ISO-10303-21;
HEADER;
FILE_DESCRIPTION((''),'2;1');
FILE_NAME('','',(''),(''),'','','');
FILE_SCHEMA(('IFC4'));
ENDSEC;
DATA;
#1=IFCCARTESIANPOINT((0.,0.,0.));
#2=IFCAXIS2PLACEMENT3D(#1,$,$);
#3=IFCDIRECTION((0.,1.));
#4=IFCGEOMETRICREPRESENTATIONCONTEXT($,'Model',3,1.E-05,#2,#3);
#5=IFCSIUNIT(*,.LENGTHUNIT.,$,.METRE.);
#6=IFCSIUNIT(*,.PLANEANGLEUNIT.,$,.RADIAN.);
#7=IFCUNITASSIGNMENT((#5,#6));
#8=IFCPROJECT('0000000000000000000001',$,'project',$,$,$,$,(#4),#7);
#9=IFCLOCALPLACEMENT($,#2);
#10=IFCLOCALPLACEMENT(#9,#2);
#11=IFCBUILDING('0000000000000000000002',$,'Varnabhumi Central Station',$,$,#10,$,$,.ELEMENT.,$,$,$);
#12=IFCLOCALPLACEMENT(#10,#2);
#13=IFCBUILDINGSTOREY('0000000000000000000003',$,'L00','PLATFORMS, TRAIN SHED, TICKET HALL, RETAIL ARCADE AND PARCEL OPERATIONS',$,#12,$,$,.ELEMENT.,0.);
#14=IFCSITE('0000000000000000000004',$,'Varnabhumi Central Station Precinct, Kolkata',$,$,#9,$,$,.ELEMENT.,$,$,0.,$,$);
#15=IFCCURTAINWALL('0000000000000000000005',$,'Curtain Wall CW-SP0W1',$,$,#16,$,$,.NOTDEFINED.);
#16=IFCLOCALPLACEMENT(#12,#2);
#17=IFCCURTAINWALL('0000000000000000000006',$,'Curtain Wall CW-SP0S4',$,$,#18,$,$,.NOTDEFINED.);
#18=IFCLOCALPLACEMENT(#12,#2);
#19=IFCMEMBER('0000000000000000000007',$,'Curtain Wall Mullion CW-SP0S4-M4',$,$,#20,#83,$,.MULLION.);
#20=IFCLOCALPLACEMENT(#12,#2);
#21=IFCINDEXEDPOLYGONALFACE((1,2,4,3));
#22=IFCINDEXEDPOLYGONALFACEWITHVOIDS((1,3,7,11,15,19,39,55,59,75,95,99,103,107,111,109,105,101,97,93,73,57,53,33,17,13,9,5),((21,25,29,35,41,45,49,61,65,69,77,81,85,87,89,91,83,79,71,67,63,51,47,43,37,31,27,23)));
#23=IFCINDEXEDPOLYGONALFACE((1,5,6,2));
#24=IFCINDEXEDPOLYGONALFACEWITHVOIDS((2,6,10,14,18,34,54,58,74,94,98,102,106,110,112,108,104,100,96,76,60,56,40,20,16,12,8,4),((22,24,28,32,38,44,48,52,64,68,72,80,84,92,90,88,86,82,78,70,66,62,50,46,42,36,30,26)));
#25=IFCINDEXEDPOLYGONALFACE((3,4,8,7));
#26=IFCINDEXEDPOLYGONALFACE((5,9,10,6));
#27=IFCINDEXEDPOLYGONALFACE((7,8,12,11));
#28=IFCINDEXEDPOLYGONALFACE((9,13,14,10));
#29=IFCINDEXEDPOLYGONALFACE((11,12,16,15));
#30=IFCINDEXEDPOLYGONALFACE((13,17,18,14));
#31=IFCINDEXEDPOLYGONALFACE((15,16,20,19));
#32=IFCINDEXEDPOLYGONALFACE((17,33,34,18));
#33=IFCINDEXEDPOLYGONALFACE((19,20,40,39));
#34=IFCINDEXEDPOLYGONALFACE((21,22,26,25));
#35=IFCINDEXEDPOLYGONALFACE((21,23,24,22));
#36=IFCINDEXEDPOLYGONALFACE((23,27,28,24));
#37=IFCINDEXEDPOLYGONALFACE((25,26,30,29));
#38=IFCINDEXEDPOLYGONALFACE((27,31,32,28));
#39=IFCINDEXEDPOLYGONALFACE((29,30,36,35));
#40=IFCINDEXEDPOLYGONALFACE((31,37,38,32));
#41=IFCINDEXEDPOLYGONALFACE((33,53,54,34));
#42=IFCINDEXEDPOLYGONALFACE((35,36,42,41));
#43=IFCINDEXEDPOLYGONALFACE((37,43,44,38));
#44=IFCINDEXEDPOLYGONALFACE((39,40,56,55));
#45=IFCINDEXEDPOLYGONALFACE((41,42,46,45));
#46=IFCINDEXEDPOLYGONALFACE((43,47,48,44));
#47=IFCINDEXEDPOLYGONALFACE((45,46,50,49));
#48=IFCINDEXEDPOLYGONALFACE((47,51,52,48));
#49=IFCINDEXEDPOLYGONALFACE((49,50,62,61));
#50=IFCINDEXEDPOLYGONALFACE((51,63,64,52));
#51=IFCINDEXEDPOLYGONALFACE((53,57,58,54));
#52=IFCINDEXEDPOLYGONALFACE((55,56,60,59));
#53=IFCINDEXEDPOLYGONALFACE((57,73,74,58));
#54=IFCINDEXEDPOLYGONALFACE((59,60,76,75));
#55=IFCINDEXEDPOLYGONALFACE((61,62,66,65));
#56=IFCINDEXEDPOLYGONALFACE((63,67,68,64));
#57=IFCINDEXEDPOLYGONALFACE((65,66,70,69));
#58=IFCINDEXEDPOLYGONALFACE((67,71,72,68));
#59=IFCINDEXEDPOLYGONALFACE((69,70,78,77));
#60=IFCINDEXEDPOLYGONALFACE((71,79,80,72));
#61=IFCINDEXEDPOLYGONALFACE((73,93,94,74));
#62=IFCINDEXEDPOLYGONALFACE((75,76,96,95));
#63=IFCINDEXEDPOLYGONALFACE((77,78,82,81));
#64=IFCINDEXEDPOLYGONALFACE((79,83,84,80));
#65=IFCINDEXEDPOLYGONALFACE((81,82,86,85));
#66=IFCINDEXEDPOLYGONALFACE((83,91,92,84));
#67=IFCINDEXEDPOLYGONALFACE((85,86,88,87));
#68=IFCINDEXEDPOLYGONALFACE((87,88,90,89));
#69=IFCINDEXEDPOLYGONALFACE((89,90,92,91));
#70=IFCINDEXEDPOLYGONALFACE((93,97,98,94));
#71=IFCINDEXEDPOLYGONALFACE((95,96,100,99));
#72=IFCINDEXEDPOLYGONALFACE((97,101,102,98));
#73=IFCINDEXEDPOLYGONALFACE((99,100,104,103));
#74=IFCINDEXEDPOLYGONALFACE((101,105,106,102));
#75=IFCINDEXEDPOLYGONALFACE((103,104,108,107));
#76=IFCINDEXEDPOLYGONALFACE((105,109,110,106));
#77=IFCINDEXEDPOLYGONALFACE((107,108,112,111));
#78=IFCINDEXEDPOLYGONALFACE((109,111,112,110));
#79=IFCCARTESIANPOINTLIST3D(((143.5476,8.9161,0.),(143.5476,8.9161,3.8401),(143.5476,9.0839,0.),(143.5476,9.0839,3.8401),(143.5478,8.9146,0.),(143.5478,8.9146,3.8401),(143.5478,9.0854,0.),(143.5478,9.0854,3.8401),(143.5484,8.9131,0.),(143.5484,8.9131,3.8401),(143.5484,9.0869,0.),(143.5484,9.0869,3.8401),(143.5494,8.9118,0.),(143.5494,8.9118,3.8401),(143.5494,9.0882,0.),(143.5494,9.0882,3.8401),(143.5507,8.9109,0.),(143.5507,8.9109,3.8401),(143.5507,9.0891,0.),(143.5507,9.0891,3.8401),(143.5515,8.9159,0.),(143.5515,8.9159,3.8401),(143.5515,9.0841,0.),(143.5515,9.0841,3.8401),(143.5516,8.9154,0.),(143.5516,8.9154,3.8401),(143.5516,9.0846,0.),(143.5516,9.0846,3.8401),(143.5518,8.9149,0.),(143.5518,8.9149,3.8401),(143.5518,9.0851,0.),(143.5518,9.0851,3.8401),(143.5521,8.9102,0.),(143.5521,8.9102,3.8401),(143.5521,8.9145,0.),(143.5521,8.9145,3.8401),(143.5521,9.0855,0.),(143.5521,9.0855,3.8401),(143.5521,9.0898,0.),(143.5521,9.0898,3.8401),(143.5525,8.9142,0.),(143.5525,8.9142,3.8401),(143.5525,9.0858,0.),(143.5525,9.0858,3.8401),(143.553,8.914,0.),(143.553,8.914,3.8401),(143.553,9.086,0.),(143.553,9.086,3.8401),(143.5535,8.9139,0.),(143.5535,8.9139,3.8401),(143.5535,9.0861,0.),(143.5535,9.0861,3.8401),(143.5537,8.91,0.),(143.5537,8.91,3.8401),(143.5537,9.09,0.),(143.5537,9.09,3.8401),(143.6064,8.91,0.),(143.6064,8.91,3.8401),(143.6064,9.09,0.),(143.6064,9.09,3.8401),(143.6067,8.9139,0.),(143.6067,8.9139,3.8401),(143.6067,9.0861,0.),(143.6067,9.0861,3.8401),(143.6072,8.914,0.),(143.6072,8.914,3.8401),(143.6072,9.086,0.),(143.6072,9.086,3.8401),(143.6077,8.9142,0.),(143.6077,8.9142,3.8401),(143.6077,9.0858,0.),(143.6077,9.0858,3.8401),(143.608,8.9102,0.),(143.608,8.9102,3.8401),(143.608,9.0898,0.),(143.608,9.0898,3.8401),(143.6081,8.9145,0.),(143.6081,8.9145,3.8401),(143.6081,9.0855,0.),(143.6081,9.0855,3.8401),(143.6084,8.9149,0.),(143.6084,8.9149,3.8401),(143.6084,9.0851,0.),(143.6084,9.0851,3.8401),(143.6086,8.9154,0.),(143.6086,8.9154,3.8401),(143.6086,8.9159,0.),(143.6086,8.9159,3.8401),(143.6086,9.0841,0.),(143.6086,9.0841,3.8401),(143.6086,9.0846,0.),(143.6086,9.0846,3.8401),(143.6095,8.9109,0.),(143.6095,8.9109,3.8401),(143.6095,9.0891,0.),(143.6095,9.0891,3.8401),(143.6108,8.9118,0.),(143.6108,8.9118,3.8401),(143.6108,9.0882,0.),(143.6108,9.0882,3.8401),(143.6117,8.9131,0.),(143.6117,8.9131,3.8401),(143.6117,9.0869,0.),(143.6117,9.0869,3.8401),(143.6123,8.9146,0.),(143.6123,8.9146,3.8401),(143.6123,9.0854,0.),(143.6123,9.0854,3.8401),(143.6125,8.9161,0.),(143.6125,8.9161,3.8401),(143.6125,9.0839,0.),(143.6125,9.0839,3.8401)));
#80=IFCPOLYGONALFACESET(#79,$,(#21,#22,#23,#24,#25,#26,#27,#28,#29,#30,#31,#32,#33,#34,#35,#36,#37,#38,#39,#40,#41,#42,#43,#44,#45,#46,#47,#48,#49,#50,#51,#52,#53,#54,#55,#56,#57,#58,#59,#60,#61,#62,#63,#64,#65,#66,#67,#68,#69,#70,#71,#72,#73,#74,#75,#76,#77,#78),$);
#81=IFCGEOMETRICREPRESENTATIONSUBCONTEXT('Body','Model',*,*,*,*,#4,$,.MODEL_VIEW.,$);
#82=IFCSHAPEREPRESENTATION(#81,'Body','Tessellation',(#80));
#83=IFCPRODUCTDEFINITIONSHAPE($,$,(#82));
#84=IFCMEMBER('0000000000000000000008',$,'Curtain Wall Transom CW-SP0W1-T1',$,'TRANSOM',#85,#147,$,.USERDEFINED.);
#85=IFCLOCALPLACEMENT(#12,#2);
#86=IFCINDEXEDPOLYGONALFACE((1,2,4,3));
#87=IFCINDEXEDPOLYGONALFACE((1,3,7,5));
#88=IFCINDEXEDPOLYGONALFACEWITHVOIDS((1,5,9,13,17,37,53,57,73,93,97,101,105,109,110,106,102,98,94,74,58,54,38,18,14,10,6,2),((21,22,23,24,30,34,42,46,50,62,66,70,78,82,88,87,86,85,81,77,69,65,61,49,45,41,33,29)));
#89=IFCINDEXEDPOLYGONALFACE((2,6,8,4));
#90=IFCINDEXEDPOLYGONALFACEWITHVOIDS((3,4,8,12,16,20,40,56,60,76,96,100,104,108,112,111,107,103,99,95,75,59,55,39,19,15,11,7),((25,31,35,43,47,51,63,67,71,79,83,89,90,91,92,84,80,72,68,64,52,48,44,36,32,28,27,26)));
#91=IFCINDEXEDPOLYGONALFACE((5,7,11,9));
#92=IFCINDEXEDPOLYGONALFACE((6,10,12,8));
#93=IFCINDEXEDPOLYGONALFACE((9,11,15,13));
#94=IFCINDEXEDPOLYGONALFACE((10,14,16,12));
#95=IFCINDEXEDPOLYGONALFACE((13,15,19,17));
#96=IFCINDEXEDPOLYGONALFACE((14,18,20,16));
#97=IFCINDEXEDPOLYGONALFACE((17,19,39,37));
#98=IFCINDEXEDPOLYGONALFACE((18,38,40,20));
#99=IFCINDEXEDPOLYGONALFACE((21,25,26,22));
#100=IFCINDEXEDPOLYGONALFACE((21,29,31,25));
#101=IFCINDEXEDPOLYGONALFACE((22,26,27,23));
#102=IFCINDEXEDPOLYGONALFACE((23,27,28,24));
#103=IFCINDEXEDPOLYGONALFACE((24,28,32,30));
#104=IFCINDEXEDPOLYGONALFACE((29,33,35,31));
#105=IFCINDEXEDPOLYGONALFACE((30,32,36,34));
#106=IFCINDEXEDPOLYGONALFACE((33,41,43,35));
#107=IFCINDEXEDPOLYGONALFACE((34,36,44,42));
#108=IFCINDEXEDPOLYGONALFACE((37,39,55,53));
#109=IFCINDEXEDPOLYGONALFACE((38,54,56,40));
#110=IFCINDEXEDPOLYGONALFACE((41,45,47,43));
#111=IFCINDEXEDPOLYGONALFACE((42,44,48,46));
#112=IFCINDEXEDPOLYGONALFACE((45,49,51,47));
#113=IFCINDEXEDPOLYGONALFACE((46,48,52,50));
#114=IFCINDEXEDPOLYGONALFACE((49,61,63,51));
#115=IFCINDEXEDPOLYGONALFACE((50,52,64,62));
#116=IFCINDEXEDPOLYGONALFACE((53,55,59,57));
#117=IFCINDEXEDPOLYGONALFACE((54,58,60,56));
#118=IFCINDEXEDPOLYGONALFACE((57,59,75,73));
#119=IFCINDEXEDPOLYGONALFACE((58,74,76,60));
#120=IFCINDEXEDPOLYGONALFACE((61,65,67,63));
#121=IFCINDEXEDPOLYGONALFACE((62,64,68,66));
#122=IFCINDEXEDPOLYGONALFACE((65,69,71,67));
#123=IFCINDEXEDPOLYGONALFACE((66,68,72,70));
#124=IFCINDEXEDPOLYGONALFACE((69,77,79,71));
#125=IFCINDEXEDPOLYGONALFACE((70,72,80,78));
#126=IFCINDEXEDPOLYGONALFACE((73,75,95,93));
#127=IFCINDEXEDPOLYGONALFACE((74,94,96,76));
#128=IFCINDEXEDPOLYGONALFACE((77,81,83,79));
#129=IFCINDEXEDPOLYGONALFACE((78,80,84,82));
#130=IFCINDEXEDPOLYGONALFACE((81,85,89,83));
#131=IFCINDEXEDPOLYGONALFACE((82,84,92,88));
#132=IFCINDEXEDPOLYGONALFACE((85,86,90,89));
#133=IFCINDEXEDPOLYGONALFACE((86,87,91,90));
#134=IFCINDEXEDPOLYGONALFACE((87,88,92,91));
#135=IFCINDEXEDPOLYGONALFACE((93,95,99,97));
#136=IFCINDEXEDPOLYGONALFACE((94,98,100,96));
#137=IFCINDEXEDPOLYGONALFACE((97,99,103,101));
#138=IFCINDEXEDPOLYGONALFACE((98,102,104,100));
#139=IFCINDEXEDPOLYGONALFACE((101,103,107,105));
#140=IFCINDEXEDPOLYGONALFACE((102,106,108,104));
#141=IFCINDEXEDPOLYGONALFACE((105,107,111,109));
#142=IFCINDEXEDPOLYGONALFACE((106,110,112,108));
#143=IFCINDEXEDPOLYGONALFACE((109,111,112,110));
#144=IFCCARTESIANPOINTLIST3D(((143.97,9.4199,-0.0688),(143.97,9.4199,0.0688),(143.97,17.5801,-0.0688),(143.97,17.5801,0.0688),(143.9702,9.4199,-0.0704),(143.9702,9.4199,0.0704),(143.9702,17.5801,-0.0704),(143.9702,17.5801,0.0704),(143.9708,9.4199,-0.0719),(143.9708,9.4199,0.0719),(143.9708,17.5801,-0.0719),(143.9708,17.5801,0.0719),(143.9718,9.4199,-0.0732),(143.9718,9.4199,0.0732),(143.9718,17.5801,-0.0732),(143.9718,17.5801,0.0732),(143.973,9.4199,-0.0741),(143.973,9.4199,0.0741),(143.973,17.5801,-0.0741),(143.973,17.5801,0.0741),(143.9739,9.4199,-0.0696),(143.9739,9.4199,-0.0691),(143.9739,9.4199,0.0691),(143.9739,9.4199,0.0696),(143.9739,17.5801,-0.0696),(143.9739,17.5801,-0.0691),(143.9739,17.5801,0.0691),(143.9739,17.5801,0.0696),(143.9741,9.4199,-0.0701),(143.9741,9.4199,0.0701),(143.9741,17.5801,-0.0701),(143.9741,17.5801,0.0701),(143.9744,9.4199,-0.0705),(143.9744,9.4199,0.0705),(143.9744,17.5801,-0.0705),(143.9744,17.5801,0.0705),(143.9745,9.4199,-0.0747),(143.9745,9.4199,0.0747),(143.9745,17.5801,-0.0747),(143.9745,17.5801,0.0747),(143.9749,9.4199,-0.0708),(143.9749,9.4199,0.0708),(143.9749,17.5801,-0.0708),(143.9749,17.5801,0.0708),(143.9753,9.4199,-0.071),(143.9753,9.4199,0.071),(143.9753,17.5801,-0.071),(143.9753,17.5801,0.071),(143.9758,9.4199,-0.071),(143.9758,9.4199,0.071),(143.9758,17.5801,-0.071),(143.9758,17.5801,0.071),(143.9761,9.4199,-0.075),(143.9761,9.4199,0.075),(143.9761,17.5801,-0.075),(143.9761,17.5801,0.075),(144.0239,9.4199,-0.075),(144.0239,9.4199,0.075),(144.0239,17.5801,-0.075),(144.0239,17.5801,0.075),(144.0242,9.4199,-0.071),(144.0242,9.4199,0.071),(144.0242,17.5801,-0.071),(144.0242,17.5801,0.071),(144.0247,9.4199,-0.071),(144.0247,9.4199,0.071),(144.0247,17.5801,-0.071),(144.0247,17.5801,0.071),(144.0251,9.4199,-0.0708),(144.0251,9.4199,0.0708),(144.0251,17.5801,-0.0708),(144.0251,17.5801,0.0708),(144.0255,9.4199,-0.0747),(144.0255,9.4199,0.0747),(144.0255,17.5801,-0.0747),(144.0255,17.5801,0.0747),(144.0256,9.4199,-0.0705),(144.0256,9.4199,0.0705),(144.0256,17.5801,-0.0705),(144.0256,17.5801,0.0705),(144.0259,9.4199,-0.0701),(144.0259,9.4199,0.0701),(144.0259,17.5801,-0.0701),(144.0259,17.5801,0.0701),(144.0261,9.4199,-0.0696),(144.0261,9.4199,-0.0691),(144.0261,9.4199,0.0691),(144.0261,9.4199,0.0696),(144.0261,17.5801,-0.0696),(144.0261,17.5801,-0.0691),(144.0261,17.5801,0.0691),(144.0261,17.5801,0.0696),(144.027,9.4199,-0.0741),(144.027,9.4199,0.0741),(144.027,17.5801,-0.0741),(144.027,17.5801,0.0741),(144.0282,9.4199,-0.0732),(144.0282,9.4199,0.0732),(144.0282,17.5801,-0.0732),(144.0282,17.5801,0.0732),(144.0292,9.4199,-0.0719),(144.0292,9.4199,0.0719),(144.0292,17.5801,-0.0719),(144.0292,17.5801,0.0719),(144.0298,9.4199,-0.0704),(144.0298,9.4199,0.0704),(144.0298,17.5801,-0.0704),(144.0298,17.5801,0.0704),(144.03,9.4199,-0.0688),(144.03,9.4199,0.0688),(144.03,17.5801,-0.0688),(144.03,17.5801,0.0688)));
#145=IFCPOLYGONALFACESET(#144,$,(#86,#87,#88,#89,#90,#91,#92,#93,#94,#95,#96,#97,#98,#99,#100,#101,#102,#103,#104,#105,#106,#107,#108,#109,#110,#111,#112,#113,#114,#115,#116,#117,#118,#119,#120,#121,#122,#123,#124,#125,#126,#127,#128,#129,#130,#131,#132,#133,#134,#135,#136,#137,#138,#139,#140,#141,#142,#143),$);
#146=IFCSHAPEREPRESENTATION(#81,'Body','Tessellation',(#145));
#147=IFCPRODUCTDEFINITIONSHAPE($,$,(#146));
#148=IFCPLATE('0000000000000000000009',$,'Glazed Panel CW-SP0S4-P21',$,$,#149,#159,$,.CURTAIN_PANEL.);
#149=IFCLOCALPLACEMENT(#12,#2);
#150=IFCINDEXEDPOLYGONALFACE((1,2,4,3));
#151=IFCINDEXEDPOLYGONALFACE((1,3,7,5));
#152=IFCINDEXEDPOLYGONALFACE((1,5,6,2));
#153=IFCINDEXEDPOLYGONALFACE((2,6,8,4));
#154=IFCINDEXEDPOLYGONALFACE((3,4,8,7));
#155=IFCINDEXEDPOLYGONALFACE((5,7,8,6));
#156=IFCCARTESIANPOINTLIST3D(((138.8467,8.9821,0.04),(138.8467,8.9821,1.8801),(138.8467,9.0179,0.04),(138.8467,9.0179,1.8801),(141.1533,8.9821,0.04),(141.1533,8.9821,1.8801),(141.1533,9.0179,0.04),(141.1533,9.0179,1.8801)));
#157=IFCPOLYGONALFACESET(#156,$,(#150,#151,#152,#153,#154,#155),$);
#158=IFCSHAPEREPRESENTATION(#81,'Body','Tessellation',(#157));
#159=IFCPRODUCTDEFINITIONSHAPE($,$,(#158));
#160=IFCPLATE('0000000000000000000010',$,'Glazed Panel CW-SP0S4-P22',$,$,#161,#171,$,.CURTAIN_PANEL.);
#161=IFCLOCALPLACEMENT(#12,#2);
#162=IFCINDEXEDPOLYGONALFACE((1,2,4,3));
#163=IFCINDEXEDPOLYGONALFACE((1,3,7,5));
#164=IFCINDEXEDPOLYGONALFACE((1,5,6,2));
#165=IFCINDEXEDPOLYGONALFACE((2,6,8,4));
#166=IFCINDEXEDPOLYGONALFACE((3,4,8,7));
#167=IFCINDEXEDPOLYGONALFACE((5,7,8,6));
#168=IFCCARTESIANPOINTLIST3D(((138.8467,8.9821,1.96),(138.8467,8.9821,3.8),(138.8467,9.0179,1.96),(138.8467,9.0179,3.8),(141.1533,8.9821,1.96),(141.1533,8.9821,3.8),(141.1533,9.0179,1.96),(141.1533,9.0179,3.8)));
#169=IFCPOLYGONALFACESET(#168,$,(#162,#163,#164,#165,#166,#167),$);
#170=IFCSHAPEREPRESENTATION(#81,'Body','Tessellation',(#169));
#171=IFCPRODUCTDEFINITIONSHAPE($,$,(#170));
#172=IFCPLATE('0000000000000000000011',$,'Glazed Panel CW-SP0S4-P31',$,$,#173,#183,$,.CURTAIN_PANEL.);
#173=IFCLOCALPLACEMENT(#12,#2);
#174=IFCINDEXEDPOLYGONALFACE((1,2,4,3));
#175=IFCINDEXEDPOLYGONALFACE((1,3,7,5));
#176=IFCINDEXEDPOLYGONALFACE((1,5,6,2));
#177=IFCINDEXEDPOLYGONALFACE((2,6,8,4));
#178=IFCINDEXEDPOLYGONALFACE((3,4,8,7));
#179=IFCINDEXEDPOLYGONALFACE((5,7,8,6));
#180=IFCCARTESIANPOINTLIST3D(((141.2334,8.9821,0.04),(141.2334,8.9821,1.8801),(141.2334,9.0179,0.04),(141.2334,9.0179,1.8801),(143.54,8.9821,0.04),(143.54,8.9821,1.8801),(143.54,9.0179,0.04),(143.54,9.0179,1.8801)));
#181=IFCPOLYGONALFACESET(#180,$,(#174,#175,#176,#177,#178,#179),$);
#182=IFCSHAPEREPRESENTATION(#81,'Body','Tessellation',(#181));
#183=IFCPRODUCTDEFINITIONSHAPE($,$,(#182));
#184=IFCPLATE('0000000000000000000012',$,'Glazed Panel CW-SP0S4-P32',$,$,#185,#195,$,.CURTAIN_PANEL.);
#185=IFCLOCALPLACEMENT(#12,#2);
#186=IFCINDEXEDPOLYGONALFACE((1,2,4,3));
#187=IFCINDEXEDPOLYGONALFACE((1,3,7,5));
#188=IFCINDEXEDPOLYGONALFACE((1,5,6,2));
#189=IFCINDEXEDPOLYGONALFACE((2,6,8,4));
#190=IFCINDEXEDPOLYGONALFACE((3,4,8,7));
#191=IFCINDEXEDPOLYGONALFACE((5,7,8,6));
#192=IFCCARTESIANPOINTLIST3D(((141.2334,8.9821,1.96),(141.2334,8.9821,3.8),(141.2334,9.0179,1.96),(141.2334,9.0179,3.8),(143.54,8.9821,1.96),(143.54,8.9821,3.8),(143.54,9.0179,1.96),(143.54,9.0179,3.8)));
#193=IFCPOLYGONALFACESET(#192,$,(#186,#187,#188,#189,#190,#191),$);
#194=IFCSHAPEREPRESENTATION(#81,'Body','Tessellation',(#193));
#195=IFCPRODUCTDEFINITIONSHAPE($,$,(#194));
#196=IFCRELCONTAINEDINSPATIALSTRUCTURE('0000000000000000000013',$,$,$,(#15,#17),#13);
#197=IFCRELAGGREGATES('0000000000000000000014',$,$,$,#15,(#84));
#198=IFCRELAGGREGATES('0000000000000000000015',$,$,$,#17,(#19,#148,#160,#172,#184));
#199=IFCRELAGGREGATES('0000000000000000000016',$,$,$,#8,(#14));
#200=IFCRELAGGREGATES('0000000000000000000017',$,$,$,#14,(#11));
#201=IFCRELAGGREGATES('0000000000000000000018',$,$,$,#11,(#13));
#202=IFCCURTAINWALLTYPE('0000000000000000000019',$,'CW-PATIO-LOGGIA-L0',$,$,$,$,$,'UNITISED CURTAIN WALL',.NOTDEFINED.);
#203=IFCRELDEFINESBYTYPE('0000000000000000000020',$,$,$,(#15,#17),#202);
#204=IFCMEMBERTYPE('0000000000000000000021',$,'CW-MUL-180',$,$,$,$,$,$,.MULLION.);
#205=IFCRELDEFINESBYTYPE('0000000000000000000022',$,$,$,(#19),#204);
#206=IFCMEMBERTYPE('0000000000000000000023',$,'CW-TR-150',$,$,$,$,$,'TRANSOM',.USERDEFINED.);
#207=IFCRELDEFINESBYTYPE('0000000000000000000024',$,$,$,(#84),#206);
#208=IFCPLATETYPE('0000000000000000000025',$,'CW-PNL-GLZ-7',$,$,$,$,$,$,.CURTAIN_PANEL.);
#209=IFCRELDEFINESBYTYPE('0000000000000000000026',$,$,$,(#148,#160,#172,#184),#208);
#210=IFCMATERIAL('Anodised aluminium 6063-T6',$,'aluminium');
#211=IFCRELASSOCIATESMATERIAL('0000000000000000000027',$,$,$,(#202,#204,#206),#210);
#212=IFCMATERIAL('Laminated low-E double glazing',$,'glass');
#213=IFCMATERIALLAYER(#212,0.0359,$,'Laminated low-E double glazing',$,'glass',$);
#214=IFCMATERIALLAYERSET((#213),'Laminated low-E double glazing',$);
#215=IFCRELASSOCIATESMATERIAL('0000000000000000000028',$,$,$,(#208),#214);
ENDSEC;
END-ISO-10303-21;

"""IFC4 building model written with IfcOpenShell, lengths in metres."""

from ifc_helpers import new_model, si_unit, direction, frame, origin, origin_2d, place, context, subcontext, project, spatial, rectangle, hollow_rectangle, extrude, material, layer, layer_set, material_profile, profile_set, type_object, element, aggregate, save


model = new_model("IFC4")

# Units and contexts
model_context = context("Model", 3, precision=1e-05, world=origin(), true_north=direction((0.0, 1.0)))
body_context = subcontext(model_context, "Body", "Model", "MODEL_VIEW")
ifc_project = project(units=[si_unit("LENGTHUNIT", "METRE"), si_unit("PLANEANGLEUNIT", "RADIAN")], contexts=[model_context])

# Site, building, storey
site_placement = place(None, origin())
site = spatial("IfcSite", under=ifc_project, at=site_placement, Name="Varnabhumi Central Station Precinct, Kolkata", CompositionType="ELEMENT", RefElevation=0.0)
building_placement = place(site_placement, origin())
building = spatial("IfcBuilding", under=site, at=building_placement, Name="Varnabhumi Central Station", CompositionType="ELEMENT")
storey_placement = place(building_placement, origin())
storey = spatial("IfcBuildingStorey", under=building, at=storey_placement, Name="L00", Description="PLATFORMS, TRAIN SHED, TICKET HALL, RETAIL ARCADE AND PARCEL OPERATIONS", CompositionType="ELEMENT", Elevation=0.0)

# Curtain wall
ifc_material_1 = material(Name="Anodised aluminium 6063-T6", Category="aluminium")
curtain_wall_type = type_object("IfcCurtainWallType", Name="CW-PATIO-LOGGIA-L0", ElementType="UNITISED CURTAIN WALL", PredefinedType="NOTDEFINED", material=ifc_material_1)
curtain_wall_1_placement = place(storey_placement, origin())
curtain_wall_1 = element("IfcCurtainWall", 1, at=curtain_wall_1_placement, inside=storey, type_object=curtain_wall_type, Name="Curtain Wall CW-SP0W1", PredefinedType="NOTDEFINED")
ifc_material_profile_1 = material_profile(ifc_material_1, hollow_rectangle(XDim=0.0649, YDim=0.1799, WallThickness=0.0039, InnerFilletRadius=0.002, OuterFilletRadius=0.0061, at=origin_2d()), Name="Anodised aluminium 6063-T6", Category="aluminium")
ifc_profile_set_1 = profile_set([ifc_material_profile_1], Name="Anodised aluminium 6063-T6")
member_type_1 = type_object("IfcMemberType", Name="CW-MUL-180", PredefinedType="MULLION", material=ifc_profile_set_1)

# Curtain wall, member
curtain_wall_2_placement = place(storey_placement, origin())
curtain_wall_2 = element("IfcCurtainWall", 2, at=curtain_wall_2_placement, inside=storey, type_object=curtain_wall_type, Name="Curtain Wall CW-SP0S4", PredefinedType="NOTDEFINED")
member_1_placement = place(storey_placement, frame((143.5801, 9.0, 0.0), z_axis=(0.0, 0.0, 1.0), x_axis=(1.0, 0.0, 0.0)))
member_1 = element("IfcMember", 3, at=member_1_placement, type_object=member_type_1, Name="Curtain Wall Mullion CW-SP0S4-M4", PredefinedType="MULLION", context=body_context, shape_type="SweptSolid", body=[
    extrude(hollow_rectangle(XDim=0.0649, YDim=0.1799, WallThickness=0.0039, InnerFilletRadius=0.002, OuterFilletRadius=0.0061, at=origin_2d()), origin(), (0.0, 0.0, 1.0), 3.8401),
])

# Member
ifc_material_profile_2 = material_profile(ifc_material_1, hollow_rectangle(XDim=0.0601, YDim=0.1499, WallThickness=0.0039, InnerFilletRadius=0.002, OuterFilletRadius=0.0061, at=origin_2d()), Name="Anodised aluminium 6063-T6", Category="aluminium")
ifc_profile_set_2 = profile_set([ifc_material_profile_2], Name="Anodised aluminium 6063-T6")
member_type_2 = type_object("IfcMemberType", Name="CW-TR-150", ElementType="TRANSOM", PredefinedType="USERDEFINED", material=ifc_profile_set_2)
member_2_placement = place(storey_placement, frame((144.0, 9.4199, 0.0), z_axis=(0.0, 1.0, 0.0), x_axis=(-1.0, 0.0, 0.0)))
member_2 = element("IfcMember", 4, at=member_2_placement, type_object=member_type_2, Name="Curtain Wall Transom CW-SP0W1-T1", ObjectType="TRANSOM", PredefinedType="USERDEFINED", context=body_context, shape_type="SweptSolid", body=[
    extrude(hollow_rectangle(XDim=0.0601, YDim=0.1499, WallThickness=0.0039, InnerFilletRadius=0.002, OuterFilletRadius=0.0061, at=origin_2d()), origin(), (0.0, 0.0, 1.0), 8.1602),
])
aggregate(curtain_wall_1, [member_2])

# Plates
ifc_material_2 = material(Name="Laminated low-E double glazing", Category="glass")
ifc_layer_1 = layer(ifc_material_2, 0.0359, Name="Laminated low-E double glazing", Category="glass")
ifc_layer_set_1 = layer_set([ifc_layer_1], Name="Laminated low-E double glazing")
plate_type_1 = type_object("IfcPlateType", Name="CW-PNL-GLZ-7", PredefinedType="CURTAIN_PANEL", material=ifc_layer_set_1)
plate_1_placement = place(storey_placement, frame((140.0, 9.0, 0.04), z_axis=(0.0, 0.0, 1.0), x_axis=(1.0, 0.0, 0.0)))
plate_1 = element("IfcPlate", 5, at=plate_1_placement, type_object=plate_type_1, Name="Glazed Panel CW-SP0S4-P21", PredefinedType="CURTAIN_PANEL", context=body_context, shape_type="SweptSolid", body=[
    extrude(rectangle(XDim=2.3066, YDim=0.0359, at=origin_2d()), origin(), (0.0, 0.0, 1.0), 1.8401),
])
plate_2_placement = place(storey_placement, frame((140.0, 9.0, 1.96), z_axis=(0.0, 0.0, 1.0), x_axis=(1.0, 0.0, 0.0)))
plate_2 = element("IfcPlate", 6, at=plate_2_placement, type_object=plate_type_1, Name="Glazed Panel CW-SP0S4-P22", PredefinedType="CURTAIN_PANEL", context=body_context, shape_type="SweptSolid", body=[
    extrude(rectangle(XDim=2.3066, YDim=0.0359, at=origin_2d()), origin(), (0.0, 0.0, 1.0), 1.8401),
])
plate_3_placement = place(storey_placement, frame((142.3867, 9.0, 0.04), z_axis=(0.0, 0.0, 1.0), x_axis=(1.0, 0.0, 0.0)))
plate_3 = element("IfcPlate", 7, at=plate_3_placement, type_object=plate_type_1, Name="Glazed Panel CW-SP0S4-P31", PredefinedType="CURTAIN_PANEL", context=body_context, shape_type="SweptSolid", body=[
    extrude(rectangle(XDim=2.3066, YDim=0.0359, at=origin_2d()), origin(), (0.0, 0.0, 1.0), 1.8401),
])
plate_4_placement = place(storey_placement, frame((142.3867, 9.0, 1.96), z_axis=(0.0, 0.0, 1.0), x_axis=(1.0, 0.0, 0.0)))
plate_4 = element("IfcPlate", 8, at=plate_4_placement, type_object=plate_type_1, Name="Glazed Panel CW-SP0S4-P32", PredefinedType="CURTAIN_PANEL", context=body_context, shape_type="SweptSolid", body=[
    extrude(rectangle(XDim=2.3066, YDim=0.0359, at=origin_2d()), origin(), (0.0, 0.0, 1.0), 1.8401),
])
aggregate(curtain_wall_2, [member_1, plate_1, plate_2, plate_3, plate_4])

save(model, "model.ifc")
